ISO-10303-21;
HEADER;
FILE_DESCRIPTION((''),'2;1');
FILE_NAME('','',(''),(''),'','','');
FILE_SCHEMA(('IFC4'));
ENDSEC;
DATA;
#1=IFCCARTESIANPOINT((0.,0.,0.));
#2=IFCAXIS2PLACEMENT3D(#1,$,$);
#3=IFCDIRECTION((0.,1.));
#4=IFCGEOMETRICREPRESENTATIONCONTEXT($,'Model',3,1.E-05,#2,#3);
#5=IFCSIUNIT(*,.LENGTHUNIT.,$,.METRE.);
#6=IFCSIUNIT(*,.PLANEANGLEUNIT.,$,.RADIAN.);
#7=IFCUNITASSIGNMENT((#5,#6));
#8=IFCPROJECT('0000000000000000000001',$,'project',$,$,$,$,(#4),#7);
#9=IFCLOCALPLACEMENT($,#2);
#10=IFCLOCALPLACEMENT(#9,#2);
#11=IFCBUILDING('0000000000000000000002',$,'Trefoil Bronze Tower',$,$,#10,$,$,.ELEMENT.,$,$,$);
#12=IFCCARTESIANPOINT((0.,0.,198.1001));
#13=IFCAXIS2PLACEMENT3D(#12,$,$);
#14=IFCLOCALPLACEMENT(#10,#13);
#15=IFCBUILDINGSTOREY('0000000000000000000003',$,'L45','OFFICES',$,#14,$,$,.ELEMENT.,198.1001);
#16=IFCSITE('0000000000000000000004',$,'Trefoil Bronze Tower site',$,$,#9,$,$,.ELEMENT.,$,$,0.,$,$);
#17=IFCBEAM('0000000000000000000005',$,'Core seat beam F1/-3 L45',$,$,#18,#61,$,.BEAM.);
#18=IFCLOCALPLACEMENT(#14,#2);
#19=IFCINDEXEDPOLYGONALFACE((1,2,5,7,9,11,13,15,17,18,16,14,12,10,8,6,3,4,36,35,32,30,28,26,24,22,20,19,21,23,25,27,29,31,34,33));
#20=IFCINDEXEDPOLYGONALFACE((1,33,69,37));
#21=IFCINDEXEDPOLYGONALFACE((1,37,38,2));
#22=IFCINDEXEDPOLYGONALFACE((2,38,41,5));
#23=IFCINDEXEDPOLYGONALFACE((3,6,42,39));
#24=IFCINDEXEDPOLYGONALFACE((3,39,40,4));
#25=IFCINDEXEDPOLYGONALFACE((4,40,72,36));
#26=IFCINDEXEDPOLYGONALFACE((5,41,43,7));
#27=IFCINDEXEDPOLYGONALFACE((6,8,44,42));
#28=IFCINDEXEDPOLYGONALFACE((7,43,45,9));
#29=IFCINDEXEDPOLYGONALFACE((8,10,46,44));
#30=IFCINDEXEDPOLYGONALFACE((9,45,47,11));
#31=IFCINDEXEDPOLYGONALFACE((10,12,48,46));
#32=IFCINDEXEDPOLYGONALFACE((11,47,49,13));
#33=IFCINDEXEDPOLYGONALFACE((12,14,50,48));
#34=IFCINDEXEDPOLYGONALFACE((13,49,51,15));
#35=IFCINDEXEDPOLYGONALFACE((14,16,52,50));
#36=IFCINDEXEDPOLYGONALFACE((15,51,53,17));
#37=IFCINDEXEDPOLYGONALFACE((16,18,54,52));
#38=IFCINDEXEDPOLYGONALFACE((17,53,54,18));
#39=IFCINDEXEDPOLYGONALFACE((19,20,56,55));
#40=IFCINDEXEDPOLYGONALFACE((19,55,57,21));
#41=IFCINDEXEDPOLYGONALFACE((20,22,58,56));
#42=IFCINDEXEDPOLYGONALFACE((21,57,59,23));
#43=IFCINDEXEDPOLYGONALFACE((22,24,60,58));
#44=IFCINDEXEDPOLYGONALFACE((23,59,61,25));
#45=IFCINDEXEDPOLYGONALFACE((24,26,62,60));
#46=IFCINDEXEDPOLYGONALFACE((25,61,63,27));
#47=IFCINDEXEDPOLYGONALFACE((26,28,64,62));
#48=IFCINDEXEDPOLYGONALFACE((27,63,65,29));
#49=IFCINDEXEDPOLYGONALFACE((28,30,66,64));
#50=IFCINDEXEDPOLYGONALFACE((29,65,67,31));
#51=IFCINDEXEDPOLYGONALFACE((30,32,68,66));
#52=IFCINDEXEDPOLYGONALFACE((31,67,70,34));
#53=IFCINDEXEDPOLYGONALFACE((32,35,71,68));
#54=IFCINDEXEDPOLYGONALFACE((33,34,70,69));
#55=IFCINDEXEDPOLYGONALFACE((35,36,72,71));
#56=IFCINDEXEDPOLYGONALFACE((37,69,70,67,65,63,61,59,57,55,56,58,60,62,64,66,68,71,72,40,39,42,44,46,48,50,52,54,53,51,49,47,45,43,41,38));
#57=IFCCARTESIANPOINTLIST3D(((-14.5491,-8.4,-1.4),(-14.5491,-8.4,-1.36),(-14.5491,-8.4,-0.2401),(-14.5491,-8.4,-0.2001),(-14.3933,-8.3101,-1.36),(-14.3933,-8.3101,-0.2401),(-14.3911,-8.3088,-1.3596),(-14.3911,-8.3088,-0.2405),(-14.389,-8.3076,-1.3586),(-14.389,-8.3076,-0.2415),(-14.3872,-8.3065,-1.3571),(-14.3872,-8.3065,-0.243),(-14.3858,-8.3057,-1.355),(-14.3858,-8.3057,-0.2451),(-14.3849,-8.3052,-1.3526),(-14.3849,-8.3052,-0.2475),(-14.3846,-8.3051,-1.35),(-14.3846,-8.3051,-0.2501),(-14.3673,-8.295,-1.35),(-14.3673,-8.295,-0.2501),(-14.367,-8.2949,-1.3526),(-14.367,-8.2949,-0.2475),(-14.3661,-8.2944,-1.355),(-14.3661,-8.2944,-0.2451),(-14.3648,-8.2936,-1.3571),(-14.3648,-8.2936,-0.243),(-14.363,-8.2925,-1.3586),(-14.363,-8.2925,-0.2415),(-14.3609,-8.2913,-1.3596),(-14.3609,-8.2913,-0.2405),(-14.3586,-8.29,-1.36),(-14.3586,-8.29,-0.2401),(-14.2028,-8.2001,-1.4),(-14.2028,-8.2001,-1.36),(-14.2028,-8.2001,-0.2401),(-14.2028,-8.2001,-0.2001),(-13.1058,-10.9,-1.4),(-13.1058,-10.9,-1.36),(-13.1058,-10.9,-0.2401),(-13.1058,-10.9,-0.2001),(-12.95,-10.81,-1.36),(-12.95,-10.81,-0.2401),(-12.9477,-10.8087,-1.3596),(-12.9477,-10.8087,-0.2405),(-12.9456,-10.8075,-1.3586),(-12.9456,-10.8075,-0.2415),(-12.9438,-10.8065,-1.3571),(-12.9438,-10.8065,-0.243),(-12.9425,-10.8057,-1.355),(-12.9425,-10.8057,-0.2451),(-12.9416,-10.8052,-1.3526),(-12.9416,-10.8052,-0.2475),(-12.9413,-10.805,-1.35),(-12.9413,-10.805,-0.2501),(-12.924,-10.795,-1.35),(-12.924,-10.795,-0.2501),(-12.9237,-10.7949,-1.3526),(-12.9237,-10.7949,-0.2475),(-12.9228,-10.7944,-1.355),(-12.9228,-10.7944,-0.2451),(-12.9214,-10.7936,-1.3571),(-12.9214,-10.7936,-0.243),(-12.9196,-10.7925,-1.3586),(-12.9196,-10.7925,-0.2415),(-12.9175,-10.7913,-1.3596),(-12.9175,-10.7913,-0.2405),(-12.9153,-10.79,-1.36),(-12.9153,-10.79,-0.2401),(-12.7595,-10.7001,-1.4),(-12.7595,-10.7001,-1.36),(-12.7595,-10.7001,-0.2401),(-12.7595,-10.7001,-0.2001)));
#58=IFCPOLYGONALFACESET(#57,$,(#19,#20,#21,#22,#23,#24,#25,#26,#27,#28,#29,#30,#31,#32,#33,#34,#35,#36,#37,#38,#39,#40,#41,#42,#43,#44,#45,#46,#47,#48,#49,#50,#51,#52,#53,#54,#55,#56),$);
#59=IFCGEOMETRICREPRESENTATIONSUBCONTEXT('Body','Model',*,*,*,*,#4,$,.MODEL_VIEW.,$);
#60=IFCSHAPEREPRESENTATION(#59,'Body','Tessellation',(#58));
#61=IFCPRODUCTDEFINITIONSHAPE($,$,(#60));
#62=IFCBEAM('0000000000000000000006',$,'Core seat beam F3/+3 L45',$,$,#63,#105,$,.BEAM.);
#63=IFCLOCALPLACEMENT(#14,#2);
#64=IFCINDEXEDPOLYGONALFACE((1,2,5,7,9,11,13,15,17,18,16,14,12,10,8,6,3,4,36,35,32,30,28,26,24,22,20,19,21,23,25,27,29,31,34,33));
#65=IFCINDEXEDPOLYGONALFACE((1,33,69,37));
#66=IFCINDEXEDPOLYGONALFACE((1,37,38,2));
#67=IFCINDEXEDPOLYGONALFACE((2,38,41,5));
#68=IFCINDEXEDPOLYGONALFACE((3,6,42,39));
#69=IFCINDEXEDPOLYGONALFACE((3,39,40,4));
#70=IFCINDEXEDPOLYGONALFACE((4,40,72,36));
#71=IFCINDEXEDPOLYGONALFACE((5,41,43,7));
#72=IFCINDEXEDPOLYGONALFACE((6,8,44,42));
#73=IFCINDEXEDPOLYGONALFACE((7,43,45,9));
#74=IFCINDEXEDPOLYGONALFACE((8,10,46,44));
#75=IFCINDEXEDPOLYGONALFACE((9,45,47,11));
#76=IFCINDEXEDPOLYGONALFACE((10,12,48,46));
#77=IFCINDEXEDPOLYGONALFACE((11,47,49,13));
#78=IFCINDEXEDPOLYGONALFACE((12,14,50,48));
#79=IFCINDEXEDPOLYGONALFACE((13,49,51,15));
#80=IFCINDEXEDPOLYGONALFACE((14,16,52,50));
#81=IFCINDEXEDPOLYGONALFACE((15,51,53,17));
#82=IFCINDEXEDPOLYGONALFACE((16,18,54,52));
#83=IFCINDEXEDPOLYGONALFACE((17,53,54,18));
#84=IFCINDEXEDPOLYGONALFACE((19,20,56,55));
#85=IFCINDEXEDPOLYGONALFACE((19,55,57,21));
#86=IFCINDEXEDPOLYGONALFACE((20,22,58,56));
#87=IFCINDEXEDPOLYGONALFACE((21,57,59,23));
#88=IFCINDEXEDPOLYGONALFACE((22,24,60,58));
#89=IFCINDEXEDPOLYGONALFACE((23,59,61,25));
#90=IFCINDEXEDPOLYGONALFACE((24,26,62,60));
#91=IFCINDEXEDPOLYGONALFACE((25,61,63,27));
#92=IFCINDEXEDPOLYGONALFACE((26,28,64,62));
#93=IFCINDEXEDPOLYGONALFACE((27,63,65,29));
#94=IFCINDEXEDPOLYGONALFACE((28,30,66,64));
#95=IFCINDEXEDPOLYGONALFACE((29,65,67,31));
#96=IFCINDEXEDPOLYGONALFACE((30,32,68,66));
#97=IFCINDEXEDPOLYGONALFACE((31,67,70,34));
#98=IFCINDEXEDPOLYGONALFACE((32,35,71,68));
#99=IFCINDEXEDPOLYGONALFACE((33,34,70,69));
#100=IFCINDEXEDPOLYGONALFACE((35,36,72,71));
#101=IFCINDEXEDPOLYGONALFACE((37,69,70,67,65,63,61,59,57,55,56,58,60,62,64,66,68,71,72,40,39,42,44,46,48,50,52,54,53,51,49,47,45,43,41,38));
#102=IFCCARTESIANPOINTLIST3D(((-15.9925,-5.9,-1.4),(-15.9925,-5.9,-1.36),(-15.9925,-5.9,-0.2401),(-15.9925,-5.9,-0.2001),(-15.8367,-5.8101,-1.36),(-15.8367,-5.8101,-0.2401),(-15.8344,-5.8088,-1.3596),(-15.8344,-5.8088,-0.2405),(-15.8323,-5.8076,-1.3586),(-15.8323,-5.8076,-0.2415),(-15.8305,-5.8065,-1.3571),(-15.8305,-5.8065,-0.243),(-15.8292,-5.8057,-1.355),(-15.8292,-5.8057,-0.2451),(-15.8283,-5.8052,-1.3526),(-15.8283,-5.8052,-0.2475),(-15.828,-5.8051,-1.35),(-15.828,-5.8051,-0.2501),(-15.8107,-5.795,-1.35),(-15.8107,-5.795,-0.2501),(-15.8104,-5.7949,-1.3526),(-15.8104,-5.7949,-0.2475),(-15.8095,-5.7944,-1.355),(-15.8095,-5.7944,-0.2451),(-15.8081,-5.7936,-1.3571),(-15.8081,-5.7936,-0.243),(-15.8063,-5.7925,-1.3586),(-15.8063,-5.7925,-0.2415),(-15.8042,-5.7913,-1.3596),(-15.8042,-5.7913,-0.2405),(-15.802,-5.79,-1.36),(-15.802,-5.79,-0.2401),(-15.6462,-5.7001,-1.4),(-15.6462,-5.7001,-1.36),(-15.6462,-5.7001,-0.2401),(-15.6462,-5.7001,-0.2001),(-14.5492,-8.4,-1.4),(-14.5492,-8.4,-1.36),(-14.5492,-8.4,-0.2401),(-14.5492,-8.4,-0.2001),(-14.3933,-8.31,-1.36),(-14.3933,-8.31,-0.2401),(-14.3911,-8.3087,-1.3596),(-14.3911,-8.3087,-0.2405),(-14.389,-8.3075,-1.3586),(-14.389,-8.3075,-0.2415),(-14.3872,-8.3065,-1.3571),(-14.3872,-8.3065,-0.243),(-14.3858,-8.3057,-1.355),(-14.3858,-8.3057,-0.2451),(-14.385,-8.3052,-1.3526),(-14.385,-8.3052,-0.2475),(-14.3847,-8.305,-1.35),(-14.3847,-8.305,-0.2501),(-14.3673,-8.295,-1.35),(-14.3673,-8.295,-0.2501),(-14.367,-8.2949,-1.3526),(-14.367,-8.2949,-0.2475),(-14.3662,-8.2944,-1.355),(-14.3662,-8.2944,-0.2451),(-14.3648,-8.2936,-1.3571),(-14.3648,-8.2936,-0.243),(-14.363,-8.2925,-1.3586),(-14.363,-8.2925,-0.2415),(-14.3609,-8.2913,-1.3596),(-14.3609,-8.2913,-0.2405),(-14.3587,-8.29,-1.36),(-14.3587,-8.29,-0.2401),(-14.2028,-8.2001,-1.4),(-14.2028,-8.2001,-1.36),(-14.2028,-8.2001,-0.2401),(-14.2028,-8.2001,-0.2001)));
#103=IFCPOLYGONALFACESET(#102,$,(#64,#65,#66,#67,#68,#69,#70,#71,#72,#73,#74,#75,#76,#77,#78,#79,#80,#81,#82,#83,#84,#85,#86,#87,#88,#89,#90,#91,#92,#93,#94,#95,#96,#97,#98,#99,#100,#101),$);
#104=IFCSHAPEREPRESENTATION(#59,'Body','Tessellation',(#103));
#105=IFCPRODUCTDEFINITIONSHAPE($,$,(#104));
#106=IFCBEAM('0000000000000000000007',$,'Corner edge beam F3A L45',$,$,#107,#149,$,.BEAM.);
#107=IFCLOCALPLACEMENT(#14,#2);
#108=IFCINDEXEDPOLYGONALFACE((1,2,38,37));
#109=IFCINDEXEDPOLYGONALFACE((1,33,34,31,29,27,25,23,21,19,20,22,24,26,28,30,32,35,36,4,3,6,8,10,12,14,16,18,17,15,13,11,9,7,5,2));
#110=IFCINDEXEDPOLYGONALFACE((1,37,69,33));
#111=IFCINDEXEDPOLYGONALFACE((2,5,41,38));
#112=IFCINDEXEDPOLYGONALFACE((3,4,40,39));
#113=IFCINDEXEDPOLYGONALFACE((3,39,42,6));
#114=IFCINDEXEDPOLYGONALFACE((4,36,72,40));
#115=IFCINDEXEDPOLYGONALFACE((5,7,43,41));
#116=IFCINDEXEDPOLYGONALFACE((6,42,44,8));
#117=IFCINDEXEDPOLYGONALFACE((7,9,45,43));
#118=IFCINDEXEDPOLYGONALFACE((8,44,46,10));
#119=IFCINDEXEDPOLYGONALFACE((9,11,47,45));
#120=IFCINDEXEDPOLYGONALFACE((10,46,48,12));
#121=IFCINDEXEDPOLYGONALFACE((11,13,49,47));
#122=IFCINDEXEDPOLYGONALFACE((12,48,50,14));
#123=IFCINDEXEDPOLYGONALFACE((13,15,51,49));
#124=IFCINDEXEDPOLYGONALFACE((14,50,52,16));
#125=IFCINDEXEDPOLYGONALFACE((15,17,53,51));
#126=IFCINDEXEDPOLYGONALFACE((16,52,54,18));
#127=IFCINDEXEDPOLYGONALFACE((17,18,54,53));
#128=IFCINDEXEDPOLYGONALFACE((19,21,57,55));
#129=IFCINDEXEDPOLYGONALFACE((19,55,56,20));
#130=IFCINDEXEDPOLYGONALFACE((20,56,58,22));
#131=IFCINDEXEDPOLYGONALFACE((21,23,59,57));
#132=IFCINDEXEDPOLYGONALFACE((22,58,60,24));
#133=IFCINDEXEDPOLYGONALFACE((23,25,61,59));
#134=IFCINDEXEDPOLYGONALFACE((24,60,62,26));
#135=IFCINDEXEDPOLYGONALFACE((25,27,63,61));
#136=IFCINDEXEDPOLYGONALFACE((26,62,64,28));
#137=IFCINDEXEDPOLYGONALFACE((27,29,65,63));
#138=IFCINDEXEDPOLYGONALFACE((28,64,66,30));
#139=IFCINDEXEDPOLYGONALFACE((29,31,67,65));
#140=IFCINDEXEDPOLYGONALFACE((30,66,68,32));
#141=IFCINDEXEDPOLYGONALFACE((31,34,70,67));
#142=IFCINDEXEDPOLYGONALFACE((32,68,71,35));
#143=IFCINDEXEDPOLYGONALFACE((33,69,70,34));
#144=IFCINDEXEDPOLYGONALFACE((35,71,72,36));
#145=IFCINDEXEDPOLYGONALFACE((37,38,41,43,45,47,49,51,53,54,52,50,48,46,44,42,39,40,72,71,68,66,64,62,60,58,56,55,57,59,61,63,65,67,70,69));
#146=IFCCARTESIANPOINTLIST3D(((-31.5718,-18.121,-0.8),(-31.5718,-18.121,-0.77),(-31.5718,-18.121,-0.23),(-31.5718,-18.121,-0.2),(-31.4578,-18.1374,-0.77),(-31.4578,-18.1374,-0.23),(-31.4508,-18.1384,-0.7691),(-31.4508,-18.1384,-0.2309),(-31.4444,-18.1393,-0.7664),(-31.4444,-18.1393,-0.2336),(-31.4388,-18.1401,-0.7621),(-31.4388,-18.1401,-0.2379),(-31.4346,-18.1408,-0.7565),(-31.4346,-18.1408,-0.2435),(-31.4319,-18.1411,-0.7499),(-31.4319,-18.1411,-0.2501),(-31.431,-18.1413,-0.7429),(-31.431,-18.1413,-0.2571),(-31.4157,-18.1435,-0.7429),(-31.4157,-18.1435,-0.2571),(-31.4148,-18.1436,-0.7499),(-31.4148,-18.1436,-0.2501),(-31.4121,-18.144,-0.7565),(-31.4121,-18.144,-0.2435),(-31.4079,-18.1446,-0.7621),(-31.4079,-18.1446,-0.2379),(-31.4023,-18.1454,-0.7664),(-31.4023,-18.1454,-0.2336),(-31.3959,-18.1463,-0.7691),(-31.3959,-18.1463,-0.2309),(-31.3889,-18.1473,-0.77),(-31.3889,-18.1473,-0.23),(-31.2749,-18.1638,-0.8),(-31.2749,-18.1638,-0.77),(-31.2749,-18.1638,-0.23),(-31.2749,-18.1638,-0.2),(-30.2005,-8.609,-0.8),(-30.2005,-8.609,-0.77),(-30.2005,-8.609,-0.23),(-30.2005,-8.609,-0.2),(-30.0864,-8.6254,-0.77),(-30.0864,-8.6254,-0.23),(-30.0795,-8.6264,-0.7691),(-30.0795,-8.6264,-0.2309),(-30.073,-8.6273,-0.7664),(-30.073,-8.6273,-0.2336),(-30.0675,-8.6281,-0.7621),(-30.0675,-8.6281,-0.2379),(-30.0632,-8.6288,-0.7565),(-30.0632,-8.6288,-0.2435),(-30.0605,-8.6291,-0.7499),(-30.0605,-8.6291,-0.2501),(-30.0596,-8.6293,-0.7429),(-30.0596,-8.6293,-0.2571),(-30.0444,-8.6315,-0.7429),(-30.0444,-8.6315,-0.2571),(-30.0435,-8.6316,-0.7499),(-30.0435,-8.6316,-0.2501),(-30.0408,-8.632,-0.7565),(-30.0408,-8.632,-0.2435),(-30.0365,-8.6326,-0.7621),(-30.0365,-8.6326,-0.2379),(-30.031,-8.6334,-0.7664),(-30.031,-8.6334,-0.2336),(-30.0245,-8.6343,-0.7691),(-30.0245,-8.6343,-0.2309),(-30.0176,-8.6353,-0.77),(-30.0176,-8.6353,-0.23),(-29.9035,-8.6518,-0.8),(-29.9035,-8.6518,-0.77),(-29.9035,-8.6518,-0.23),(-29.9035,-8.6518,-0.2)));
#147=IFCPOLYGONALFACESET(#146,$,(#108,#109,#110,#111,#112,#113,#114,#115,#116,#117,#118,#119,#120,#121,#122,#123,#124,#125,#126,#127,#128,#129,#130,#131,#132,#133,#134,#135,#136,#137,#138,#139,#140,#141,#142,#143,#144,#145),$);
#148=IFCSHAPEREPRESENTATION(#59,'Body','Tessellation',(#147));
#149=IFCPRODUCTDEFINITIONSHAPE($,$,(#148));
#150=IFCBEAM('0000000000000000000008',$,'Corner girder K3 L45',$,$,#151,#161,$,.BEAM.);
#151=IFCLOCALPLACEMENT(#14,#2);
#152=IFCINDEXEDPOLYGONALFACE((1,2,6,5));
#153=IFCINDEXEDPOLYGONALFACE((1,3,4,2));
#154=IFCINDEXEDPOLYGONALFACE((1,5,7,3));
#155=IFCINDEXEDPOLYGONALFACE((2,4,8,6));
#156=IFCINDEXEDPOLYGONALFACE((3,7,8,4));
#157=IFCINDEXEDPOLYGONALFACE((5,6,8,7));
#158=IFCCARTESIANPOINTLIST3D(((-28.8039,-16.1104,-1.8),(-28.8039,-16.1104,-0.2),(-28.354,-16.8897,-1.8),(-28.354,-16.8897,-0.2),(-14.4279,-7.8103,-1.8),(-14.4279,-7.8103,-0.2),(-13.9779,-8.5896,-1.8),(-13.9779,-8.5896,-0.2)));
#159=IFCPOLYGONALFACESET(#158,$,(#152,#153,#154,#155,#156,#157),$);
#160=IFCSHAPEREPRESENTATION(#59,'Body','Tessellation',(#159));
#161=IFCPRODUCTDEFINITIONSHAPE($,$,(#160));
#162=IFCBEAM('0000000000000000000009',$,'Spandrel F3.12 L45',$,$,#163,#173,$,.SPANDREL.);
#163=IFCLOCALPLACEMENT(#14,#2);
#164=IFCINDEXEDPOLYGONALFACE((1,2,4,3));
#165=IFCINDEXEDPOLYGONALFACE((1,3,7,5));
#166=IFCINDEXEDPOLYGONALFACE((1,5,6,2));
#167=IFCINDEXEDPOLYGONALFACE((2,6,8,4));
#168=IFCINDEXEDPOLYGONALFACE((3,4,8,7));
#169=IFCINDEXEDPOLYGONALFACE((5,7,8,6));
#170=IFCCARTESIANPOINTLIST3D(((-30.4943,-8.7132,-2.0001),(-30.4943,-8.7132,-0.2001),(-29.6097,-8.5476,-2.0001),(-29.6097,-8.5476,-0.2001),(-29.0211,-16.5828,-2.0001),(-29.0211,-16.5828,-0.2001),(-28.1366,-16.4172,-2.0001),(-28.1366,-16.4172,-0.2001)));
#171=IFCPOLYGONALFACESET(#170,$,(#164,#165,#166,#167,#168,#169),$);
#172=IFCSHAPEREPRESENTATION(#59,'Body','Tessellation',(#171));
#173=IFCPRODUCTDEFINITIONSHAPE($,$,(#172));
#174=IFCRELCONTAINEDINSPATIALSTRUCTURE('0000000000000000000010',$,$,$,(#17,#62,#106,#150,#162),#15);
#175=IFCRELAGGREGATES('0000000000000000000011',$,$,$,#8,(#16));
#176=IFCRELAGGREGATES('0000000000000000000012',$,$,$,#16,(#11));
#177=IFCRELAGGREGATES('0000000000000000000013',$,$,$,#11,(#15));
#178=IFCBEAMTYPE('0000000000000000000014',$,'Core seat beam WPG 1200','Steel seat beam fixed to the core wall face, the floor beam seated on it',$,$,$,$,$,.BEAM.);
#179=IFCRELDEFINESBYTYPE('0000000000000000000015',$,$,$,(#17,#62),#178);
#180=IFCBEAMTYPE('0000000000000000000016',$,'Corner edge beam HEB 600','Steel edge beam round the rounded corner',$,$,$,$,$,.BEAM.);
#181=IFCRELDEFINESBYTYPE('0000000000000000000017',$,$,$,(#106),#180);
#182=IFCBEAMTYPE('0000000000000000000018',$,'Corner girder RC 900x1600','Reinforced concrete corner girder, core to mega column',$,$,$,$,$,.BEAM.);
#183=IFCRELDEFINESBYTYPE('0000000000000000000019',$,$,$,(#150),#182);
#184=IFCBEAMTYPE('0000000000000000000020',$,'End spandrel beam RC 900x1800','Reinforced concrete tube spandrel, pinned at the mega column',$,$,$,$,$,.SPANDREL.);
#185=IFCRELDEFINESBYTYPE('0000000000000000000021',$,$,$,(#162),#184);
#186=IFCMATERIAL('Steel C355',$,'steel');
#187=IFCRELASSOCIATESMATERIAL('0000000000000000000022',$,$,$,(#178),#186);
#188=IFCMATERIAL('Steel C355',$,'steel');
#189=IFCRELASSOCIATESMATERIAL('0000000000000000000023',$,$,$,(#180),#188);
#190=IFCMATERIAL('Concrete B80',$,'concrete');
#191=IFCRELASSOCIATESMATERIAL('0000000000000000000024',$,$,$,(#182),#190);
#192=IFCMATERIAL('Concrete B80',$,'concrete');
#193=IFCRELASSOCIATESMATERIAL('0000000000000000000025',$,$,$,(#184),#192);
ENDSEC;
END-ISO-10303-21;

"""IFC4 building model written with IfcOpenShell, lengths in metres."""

from ifc_helpers import new_model, si_unit, direction, frame, origin, origin_2d, place, context, subcontext, project, spatial, rectangle, i_section, extrude, material, material_profile, profile_set, type_object, element, save


model = new_model("IFC4")

# Units and contexts
model_context = context("Model", 3, precision=1e-05, world=origin(), true_north=direction((0.0, 1.0)))
body_context = subcontext(model_context, "Body", "Model", "MODEL_VIEW")
ifc_project = project(units=[si_unit("LENGTHUNIT", "METRE"), si_unit("PLANEANGLEUNIT", "RADIAN")], contexts=[model_context])

# Site, building, storey
site_placement = place(None, origin())
site = spatial("IfcSite", under=ifc_project, at=site_placement, Name="Trefoil Bronze Tower site", CompositionType="ELEMENT", RefElevation=0.0)
building_placement = place(site_placement, origin())
building = spatial("IfcBuilding", under=site, at=building_placement, Name="Trefoil Bronze Tower", CompositionType="ELEMENT")
storey_placement = place(building_placement, frame((0.0, 0.0, 198.1001)))
storey = spatial("IfcBuildingStorey", under=building, at=storey_placement, Name="L45", Description="OFFICES", CompositionType="ELEMENT", Elevation=198.1001)

# Beams
ifc_material_1 = material(Name="Steel C355", Category="steel")
ifc_material_profile_1 = material_profile(ifc_material_1, i_section(OverallWidth=0.3999, OverallDepth=1.2, WebThickness=0.02, FlangeThickness=0.04, FilletRadius=0.01, at=origin_2d()), Name="WPG 1200")
ifc_profile_set_1 = profile_set([ifc_material_profile_1], Name="Steel C355")
beam_type_1 = type_object("IfcBeamType", Name="Core seat beam WPG 1200", Description="Steel seat beam fixed to the core wall face, the floor beam seated on it", PredefinedType="BEAM", material=ifc_profile_set_1)
for number, where, z_axis, x_axis, name in (
    (1, (-14.376, -8.3, -0.8), (0.499996, -0.866028, 0.0), (0.866028, 0.499996, 0.0), "Core seat beam F1/-3 L45"),
    (2, (-15.8193, -5.8, -0.8), (0.499996, -0.866028, 0.0), (0.866028, 0.499996, 0.0), "Core seat beam F3/+3 L45"),
):
    element("IfcBeam", number, at=place(storey_placement, frame(where, z_axis=z_axis, x_axis=x_axis)), inside=storey, type_object=beam_type_1, Name=name, PredefinedType="BEAM", context=body_context, shape_type="SweptSolid", body=[
        extrude(i_section(OverallWidth=0.3999, OverallDepth=1.2, WebThickness=0.02, FlangeThickness=0.04, FilletRadius=0.01, at=origin_2d()), origin(), (0.0, 0.0, 1.0), 2.8867),
    ])
ifc_material_2 = material(Name="Steel C355", Category="steel")
ifc_material_profile_2 = material_profile(ifc_material_2, i_section(OverallWidth=0.3, OverallDepth=0.6001, WebThickness=0.0154, FlangeThickness=0.03, FilletRadius=0.0271, at=origin_2d()), Name="HEB 600")
ifc_profile_set_2 = profile_set([ifc_material_profile_2], Name="Steel C355")
beam_type_2 = type_object("IfcBeamType", Name="Corner edge beam HEB 600", Description="Steel edge beam round the rounded corner", PredefinedType="BEAM", material=ifc_profile_set_2)
beam_1_placement = place(storey_placement, frame((-30.052, -8.6304, -0.5), z_axis=(-0.142694, -0.989767, 0.0), x_axis=(0.989767, -0.142694, 0.0)))
element("IfcBeam", 3, at=beam_1_placement, inside=storey, type_object=beam_type_2, Name="Corner edge beam F3A L45", PredefinedType="BEAM", context=body_context, shape_type="SweptSolid", body=[
    extrude(i_section(OverallWidth=0.3, OverallDepth=0.6001, WebThickness=0.0154, FlangeThickness=0.03, FilletRadius=0.0271, at=origin_2d()), origin(), (0.0, 0.0, 1.0), 9.6104),
])
ifc_material_3 = material(Name="Concrete B80", Category="concrete")
ifc_material_profile_3 = material_profile(ifc_material_3, rectangle(XDim=0.8999, YDim=1.6001, at=origin_2d()), Name="RC 900x1600")
ifc_profile_set_3 = profile_set([ifc_material_profile_3], Name="Concrete B80")
beam_type_3 = type_object("IfcBeamType", Name="Corner girder RC 900x1600", Description="Reinforced concrete corner girder, core to mega column", PredefinedType="BEAM", material=ifc_profile_set_3)
beam_2_placement = place(storey_placement, frame((-14.2029, -8.2, -1.0), z_axis=(-0.866023, -0.500003, 0.0), x_axis=(0.500003, -0.866023, 0.0)))
element("IfcBeam", 4, at=beam_2_placement, inside=storey, type_object=beam_type_3, Name="Corner girder K3 L45", PredefinedType="BEAM", context=body_context, shape_type="SweptSolid", body=[
    extrude(rectangle(XDim=0.8999, YDim=1.6001, at=origin_2d()), origin(), (0.0, 0.0, 1.0), 16.6001),
])
ifc_material_4 = material(Name="Concrete B80", Category="concrete")
ifc_material_profile_4 = material_profile(ifc_material_4, rectangle(XDim=0.8999, YDim=1.8, at=origin_2d()), Name="RC 900x1800")
ifc_profile_set_4 = profile_set([ifc_material_profile_4], Name="Concrete B80")
beam_type_4 = type_object("IfcBeamType", Name="End spandrel beam RC 900x1800", Description="Reinforced concrete tube spandrel, pinned at the mega column", PredefinedType="SPANDREL", material=ifc_profile_set_4)
beam_3_placement = place(storey_placement, frame((-30.052, -8.6304, -1.1001), z_axis=(0.183998, -0.982927, 0.0), x_axis=(0.982927, 0.183998, 0.0)))
element("IfcBeam", 5, at=beam_3_placement, inside=storey, type_object=beam_type_4, Name="Spandrel F3.12 L45", PredefinedType="SPANDREL", context=body_context, shape_type="SweptSolid", body=[
    extrude(rectangle(XDim=0.8999, YDim=1.8, at=origin_2d()), origin(), (0.0, 0.0, 1.0), 8.0063),
])

save(model, "model.ifc")
